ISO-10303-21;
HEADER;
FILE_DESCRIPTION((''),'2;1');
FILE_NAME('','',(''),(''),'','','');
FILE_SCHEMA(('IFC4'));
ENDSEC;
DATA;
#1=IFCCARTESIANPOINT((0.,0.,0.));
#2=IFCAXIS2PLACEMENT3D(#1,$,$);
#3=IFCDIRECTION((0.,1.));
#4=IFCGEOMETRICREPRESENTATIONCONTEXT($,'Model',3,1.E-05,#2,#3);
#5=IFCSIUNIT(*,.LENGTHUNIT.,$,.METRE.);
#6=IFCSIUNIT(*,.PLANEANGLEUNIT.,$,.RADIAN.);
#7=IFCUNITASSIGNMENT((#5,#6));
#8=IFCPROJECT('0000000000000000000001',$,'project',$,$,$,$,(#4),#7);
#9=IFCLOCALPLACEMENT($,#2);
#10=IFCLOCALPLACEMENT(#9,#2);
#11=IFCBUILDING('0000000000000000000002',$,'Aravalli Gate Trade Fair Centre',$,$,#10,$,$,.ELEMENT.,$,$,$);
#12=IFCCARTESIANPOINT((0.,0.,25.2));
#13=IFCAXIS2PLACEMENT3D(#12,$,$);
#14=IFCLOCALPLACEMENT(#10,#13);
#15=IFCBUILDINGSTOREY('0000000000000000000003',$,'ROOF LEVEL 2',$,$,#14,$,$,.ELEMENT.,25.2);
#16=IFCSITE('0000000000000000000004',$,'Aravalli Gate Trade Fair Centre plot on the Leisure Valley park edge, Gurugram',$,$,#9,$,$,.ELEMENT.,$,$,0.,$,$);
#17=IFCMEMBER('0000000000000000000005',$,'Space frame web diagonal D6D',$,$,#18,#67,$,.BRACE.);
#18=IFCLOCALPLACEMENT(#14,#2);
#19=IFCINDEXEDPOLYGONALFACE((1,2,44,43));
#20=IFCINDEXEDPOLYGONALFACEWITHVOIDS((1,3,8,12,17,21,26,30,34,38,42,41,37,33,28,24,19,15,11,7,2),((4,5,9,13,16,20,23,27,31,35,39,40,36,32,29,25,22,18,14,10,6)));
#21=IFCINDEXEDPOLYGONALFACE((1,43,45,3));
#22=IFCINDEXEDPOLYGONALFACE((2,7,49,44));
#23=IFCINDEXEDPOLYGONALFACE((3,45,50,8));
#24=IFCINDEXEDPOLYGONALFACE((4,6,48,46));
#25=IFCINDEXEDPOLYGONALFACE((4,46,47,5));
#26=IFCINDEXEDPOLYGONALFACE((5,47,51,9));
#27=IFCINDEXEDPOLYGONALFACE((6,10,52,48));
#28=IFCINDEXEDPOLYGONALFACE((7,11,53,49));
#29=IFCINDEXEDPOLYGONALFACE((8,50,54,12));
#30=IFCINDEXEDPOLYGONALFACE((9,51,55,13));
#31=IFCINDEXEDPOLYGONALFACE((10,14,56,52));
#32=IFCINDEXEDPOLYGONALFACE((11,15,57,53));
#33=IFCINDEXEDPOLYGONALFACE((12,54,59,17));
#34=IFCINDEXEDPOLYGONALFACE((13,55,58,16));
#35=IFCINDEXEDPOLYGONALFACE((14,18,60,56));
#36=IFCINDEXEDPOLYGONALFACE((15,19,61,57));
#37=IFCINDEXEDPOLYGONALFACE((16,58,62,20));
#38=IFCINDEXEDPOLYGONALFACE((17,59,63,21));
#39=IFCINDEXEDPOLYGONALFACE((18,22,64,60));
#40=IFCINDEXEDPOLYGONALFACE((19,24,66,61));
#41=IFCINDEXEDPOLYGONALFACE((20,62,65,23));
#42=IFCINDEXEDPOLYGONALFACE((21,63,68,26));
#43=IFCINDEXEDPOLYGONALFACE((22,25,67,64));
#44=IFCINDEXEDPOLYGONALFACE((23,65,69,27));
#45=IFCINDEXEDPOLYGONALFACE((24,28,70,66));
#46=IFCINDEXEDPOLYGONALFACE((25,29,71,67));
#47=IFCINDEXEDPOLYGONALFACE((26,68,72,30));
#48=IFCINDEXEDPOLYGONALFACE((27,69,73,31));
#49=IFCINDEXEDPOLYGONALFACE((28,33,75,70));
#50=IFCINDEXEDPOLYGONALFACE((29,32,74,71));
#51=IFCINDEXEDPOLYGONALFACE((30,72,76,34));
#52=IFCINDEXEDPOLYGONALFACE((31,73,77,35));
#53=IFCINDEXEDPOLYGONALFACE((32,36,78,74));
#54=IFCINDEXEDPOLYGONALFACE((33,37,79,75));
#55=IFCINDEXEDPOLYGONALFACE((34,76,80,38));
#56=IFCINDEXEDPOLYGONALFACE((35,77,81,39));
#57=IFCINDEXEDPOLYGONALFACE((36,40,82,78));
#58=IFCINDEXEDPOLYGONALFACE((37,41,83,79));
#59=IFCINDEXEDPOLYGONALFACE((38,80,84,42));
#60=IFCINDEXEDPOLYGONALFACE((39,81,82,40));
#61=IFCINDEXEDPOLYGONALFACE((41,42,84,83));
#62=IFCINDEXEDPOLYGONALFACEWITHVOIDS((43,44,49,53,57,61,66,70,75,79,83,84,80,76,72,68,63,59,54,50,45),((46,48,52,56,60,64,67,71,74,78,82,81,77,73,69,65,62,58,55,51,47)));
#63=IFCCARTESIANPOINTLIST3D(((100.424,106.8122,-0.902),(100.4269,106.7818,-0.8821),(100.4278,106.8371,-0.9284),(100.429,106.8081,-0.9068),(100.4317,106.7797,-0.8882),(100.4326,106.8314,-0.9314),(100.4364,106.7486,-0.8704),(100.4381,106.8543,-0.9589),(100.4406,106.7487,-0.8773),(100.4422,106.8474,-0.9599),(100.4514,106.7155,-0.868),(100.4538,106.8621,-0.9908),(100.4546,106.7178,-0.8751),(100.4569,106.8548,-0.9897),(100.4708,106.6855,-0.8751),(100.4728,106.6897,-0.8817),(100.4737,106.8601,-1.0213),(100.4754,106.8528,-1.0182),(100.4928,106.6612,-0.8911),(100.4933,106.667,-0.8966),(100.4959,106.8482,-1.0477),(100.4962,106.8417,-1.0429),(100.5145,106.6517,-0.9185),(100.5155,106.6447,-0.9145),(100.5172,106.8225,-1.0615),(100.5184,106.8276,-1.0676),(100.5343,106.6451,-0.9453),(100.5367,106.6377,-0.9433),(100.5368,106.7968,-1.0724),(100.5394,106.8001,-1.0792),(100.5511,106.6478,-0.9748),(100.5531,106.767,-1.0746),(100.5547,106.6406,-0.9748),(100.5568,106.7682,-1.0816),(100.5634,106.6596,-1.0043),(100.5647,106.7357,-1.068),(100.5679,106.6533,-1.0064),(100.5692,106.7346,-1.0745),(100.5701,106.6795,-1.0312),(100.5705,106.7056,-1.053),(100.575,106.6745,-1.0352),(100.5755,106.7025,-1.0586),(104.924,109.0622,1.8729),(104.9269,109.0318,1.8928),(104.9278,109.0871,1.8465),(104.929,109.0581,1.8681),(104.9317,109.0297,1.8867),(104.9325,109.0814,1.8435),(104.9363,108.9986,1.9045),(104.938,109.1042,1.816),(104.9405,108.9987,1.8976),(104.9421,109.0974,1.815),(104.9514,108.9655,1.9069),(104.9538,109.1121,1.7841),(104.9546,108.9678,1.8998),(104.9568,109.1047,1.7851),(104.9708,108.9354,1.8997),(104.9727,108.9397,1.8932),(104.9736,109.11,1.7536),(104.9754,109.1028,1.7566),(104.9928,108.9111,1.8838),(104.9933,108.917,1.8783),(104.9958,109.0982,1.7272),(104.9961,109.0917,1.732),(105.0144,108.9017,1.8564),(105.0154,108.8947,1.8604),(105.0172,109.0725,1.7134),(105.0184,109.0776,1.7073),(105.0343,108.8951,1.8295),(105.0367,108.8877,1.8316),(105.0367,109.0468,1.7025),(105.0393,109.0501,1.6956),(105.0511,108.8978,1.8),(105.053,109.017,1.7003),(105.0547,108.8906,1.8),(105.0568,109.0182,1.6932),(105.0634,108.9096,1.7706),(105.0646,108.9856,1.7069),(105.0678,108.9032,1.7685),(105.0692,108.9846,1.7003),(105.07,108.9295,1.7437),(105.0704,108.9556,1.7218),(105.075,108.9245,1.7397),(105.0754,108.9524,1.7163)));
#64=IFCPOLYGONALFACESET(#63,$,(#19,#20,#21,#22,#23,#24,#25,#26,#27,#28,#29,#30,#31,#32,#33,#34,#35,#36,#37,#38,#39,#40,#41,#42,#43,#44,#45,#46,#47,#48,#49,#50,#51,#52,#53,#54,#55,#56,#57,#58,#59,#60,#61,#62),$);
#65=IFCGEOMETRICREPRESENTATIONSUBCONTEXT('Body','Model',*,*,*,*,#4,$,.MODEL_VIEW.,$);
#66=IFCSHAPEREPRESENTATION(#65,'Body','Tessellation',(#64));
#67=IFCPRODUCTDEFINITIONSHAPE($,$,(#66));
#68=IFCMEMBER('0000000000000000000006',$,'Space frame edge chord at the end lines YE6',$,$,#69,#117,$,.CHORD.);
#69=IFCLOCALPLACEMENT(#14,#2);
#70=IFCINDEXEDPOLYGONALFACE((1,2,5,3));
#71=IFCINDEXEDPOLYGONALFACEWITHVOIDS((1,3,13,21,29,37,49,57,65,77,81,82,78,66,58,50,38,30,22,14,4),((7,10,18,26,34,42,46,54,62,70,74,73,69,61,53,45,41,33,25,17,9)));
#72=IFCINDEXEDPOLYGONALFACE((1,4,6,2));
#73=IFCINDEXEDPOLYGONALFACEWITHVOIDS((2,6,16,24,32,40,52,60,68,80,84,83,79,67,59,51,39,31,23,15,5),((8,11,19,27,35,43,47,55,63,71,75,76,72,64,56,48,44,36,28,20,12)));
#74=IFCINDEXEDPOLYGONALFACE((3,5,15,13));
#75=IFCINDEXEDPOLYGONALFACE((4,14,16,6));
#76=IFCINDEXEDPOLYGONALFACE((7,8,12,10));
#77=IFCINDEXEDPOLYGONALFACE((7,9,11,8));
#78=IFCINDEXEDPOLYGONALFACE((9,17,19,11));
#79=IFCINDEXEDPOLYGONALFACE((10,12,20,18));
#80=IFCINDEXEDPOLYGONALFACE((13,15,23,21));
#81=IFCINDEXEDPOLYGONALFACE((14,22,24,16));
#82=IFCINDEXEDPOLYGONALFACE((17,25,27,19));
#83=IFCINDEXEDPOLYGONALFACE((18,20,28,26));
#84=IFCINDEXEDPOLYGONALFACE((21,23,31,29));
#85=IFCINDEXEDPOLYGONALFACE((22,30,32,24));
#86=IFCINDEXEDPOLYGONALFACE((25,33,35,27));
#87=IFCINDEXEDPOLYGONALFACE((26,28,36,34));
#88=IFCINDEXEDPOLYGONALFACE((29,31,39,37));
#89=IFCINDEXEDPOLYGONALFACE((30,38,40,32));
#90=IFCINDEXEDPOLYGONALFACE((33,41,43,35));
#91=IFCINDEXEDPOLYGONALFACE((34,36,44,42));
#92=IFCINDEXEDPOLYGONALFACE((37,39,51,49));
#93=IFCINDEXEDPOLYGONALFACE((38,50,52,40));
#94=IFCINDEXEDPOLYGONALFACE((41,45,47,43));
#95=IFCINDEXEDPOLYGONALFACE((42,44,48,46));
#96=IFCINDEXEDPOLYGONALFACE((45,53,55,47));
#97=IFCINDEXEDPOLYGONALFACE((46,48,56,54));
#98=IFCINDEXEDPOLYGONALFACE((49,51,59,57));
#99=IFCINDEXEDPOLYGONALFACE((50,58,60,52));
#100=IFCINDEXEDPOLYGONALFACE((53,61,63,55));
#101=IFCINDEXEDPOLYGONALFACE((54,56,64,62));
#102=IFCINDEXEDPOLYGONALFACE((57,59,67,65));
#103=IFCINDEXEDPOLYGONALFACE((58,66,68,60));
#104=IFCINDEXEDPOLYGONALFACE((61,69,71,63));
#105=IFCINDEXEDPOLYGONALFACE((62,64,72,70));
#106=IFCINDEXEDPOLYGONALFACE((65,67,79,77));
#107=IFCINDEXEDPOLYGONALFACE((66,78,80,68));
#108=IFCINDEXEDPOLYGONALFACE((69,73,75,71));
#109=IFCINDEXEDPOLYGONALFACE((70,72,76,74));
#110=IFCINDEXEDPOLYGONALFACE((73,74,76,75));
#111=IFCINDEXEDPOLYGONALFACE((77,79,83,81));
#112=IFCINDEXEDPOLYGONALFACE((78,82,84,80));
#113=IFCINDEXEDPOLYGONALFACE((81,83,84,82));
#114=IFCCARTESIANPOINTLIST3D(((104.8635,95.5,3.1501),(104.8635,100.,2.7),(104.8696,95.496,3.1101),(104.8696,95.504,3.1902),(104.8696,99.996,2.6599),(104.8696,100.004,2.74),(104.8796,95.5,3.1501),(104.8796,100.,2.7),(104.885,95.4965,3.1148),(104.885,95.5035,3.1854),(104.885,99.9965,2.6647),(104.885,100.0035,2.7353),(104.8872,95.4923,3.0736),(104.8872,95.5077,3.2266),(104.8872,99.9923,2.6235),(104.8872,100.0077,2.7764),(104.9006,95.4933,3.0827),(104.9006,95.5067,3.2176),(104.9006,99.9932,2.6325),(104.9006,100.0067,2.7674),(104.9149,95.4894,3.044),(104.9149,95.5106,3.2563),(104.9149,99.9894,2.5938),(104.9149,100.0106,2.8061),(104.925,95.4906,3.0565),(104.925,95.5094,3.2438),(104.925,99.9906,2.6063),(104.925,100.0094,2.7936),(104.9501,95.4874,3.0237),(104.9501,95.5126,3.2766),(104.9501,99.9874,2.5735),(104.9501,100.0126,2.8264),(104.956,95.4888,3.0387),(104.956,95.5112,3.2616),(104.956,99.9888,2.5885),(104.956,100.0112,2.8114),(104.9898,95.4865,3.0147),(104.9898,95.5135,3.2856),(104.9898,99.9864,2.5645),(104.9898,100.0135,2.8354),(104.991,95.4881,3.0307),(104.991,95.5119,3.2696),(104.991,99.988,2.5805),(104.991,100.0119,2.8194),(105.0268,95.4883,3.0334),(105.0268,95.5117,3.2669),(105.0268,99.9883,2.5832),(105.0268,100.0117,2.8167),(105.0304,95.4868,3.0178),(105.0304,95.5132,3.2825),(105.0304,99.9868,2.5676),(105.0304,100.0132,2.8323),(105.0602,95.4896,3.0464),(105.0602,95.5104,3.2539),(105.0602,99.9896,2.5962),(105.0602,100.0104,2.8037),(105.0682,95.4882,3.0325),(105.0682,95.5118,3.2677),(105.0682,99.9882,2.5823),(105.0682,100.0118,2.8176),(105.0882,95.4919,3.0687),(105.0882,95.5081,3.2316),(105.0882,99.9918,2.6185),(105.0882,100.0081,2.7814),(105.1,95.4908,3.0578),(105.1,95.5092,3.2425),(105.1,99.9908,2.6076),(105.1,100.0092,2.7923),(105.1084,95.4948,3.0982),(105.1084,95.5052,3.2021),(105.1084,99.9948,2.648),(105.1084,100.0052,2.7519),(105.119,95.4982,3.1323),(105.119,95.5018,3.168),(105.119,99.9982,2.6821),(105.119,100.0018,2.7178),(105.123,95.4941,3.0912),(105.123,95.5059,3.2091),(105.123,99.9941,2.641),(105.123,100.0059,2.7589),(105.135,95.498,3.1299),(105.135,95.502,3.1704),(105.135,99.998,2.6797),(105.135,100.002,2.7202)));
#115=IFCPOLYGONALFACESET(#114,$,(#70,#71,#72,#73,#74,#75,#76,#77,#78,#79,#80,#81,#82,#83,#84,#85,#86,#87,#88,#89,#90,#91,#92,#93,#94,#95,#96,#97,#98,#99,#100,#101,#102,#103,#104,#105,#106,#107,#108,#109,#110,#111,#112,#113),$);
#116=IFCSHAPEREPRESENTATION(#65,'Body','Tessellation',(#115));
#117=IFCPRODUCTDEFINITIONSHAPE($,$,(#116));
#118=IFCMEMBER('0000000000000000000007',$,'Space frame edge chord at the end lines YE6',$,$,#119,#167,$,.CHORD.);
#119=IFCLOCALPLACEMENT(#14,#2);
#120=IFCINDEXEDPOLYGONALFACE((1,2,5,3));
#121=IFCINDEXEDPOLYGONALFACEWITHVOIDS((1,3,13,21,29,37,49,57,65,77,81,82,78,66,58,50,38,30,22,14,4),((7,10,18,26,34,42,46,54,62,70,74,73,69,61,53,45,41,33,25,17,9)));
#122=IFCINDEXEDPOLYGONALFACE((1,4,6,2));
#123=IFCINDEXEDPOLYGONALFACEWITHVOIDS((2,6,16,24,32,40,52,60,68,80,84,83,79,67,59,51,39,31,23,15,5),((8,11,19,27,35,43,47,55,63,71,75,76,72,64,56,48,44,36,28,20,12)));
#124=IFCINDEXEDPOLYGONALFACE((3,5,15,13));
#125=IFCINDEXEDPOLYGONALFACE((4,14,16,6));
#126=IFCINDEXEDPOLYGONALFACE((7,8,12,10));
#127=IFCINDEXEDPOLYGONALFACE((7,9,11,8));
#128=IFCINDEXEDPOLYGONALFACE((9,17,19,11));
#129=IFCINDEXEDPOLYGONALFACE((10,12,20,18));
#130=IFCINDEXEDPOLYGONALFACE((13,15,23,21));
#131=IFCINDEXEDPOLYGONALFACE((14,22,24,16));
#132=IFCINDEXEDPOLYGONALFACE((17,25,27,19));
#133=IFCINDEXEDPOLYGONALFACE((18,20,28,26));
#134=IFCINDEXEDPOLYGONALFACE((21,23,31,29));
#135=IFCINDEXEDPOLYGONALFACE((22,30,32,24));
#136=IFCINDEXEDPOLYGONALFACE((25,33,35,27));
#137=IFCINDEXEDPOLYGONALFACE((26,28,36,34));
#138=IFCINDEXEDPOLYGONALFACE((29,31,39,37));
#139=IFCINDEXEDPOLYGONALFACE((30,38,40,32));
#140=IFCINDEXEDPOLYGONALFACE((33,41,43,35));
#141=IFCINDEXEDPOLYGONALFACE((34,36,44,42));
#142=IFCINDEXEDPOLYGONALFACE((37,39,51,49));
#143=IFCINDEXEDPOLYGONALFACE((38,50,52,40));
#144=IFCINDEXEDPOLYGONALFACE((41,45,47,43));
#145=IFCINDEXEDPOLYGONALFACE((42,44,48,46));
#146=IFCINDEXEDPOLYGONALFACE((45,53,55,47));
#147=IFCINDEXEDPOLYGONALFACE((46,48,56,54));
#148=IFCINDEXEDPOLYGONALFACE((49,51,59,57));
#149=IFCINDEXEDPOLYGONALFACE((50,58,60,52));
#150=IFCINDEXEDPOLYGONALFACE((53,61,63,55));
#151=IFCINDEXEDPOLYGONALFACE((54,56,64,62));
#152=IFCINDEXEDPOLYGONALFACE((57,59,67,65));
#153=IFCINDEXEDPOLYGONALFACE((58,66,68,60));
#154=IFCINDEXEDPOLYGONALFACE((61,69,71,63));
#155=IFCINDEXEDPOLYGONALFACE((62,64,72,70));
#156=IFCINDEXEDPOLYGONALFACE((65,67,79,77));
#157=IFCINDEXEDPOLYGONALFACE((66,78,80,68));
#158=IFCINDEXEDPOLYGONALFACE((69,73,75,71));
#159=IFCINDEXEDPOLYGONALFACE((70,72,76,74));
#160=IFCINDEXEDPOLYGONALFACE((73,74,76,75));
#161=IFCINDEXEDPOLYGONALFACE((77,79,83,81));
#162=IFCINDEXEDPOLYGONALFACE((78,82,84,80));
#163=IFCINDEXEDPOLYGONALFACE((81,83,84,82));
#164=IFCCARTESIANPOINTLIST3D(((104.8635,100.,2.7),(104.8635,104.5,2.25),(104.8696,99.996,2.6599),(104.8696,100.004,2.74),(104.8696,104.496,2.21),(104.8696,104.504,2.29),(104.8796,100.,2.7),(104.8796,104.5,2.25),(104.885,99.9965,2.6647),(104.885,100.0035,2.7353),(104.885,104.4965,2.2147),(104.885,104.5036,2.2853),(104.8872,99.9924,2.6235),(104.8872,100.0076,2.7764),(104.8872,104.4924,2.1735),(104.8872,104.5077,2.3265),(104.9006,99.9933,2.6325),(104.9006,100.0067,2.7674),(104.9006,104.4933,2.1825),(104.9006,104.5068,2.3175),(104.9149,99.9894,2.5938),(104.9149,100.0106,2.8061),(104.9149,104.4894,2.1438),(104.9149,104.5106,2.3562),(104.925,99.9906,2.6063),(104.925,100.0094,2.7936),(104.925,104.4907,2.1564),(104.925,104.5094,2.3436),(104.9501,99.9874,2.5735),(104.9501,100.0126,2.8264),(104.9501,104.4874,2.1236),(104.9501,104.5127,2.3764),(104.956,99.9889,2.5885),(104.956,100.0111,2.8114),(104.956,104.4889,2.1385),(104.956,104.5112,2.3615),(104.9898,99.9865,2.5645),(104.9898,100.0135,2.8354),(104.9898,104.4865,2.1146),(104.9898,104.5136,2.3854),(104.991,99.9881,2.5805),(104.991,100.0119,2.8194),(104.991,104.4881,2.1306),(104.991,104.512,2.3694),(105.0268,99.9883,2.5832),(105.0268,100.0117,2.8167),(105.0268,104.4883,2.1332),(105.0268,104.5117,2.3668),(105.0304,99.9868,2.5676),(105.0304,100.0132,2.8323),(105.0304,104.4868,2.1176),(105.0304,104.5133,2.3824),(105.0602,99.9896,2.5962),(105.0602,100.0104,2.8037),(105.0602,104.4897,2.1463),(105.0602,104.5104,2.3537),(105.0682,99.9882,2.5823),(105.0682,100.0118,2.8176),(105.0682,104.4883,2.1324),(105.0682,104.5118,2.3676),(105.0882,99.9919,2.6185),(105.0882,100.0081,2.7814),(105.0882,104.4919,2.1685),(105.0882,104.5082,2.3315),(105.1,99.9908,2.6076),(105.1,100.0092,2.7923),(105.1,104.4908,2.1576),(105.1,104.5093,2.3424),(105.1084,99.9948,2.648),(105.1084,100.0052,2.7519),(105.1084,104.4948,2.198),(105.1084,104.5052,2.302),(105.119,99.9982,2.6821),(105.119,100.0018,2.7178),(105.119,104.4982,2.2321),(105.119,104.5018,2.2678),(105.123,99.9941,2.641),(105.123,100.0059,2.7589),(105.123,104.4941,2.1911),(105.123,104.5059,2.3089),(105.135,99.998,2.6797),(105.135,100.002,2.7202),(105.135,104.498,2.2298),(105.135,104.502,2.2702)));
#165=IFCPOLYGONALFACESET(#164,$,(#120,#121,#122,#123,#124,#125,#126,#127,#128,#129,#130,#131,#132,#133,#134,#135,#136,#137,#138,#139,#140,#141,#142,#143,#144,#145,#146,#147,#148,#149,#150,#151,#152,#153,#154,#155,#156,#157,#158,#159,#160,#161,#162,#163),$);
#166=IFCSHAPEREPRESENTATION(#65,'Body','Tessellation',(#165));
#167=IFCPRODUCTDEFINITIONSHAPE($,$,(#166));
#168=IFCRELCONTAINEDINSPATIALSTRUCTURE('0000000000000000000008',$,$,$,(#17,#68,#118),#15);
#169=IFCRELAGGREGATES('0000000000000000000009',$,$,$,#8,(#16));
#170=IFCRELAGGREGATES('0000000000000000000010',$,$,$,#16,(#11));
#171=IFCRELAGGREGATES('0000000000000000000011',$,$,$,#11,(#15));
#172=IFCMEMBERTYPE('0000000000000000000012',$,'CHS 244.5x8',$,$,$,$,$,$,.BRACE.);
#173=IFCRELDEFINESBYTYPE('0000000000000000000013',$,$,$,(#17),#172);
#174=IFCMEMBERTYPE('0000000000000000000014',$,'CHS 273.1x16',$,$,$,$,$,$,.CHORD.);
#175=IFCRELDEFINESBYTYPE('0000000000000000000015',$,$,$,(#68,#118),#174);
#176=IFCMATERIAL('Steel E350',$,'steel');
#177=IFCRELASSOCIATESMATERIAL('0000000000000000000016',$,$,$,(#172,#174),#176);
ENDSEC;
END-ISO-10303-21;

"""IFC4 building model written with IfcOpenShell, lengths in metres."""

from ifc_helpers import new_model, si_unit, direction, frame, origin, origin_2d, place, context, subcontext, project, spatial, hollow_circle, extrude, material, material_profile, profile_set, type_object, element, save


model = new_model("IFC4")

# Units and contexts
model_context = context("Model", 3, precision=1e-05, world=origin(), true_north=direction((0.0, 1.0)))
body_context = subcontext(model_context, "Body", "Model", "MODEL_VIEW")
ifc_project = project(units=[si_unit("LENGTHUNIT", "METRE"), si_unit("PLANEANGLEUNIT", "RADIAN")], contexts=[model_context])

# Site, building, storey
site_placement = place(None, origin())
site = spatial("IfcSite", under=ifc_project, at=site_placement, Name="Aravalli Gate Trade Fair Centre plot on the Leisure Valley park edge, Gurugram", CompositionType="ELEMENT", RefElevation=0.0)
building_placement = place(site_placement, origin())
building = spatial("IfcBuilding", under=site, at=building_placement, Name="Aravalli Gate Trade Fair Centre", CompositionType="ELEMENT")
storey_placement = place(building_placement, frame((0.0, 0.0, 25.2)))
storey = spatial("IfcBuildingStorey", under=building, at=storey_placement, Name="ROOF LEVEL 2", CompositionType="ELEMENT", Elevation=25.2)

# Members
ifc_material_1 = material(Name="Steel E350", Category="steel")
ifc_material_profile_1 = material_profile(ifc_material_1, hollow_circle(Radius=0.1223, WallThickness=0.0081, at=origin_2d()), Name="CHS 244.5x8")
ifc_profile_set_1 = profile_set([ifc_material_profile_1], Name="Steel E350")
member_type_1 = type_object("IfcMemberType", Name="CHS 244.5x8", PredefinedType="BRACE", material=ifc_profile_set_1)
for number, where, z_axis, x_axis, name in (
    (1, (105.0, 109.0, 1.8), (-0.7832, -0.3916, -0.482956), (0.447214, -0.894427, 0.0), "Space frame web diagonal D6D"),
):
    element("IfcMember", number, at=place(storey_placement, frame(where, z_axis=z_axis, x_axis=x_axis)), inside=storey, type_object=member_type_1, Name=name, PredefinedType="BRACE", context=body_context, shape_type="SweptSolid", body=[
        extrude(hollow_circle(Radius=0.1223, WallThickness=0.0081, at=origin_2d()), origin(), (0.0, 0.0, 1.0), 5.7456),
    ])
ifc_material_profile_2 = material_profile(ifc_material_1, hollow_circle(Radius=0.1365, WallThickness=0.0161, at=origin_2d()), Name="CHS 273.1x16")
ifc_profile_set_2 = profile_set([ifc_material_profile_2], Name="Steel E350")
member_type_2 = type_object("IfcMemberType", Name="CHS 273.1x16", PredefinedType="CHORD", material=ifc_profile_set_2)
for number, where, z_axis, x_axis, name in (
    (2, (105.0, 95.5, 3.1501), (0.0, 0.995033, -0.099546), (-1.0, 0.0, 0.0), "Space frame edge chord at the end lines YE6"),
    (3, (105.0, 100.0, 2.7), (0.0, 0.995038, -0.099493), (-1.0, 0.0, 0.0), "Space frame edge chord at the end lines YE6"),
):
    element("IfcMember", number, at=place(storey_placement, frame(where, z_axis=z_axis, x_axis=x_axis)), inside=storey, type_object=member_type_2, Name=name, PredefinedType="CHORD", context=body_context, shape_type="SweptSolid", body=[
        extrude(hollow_circle(Radius=0.1365, WallThickness=0.0161, at=origin_2d()), origin(), (0.0, 0.0, 1.0), 4.5225),
    ])

save(model, "model.ifc")
